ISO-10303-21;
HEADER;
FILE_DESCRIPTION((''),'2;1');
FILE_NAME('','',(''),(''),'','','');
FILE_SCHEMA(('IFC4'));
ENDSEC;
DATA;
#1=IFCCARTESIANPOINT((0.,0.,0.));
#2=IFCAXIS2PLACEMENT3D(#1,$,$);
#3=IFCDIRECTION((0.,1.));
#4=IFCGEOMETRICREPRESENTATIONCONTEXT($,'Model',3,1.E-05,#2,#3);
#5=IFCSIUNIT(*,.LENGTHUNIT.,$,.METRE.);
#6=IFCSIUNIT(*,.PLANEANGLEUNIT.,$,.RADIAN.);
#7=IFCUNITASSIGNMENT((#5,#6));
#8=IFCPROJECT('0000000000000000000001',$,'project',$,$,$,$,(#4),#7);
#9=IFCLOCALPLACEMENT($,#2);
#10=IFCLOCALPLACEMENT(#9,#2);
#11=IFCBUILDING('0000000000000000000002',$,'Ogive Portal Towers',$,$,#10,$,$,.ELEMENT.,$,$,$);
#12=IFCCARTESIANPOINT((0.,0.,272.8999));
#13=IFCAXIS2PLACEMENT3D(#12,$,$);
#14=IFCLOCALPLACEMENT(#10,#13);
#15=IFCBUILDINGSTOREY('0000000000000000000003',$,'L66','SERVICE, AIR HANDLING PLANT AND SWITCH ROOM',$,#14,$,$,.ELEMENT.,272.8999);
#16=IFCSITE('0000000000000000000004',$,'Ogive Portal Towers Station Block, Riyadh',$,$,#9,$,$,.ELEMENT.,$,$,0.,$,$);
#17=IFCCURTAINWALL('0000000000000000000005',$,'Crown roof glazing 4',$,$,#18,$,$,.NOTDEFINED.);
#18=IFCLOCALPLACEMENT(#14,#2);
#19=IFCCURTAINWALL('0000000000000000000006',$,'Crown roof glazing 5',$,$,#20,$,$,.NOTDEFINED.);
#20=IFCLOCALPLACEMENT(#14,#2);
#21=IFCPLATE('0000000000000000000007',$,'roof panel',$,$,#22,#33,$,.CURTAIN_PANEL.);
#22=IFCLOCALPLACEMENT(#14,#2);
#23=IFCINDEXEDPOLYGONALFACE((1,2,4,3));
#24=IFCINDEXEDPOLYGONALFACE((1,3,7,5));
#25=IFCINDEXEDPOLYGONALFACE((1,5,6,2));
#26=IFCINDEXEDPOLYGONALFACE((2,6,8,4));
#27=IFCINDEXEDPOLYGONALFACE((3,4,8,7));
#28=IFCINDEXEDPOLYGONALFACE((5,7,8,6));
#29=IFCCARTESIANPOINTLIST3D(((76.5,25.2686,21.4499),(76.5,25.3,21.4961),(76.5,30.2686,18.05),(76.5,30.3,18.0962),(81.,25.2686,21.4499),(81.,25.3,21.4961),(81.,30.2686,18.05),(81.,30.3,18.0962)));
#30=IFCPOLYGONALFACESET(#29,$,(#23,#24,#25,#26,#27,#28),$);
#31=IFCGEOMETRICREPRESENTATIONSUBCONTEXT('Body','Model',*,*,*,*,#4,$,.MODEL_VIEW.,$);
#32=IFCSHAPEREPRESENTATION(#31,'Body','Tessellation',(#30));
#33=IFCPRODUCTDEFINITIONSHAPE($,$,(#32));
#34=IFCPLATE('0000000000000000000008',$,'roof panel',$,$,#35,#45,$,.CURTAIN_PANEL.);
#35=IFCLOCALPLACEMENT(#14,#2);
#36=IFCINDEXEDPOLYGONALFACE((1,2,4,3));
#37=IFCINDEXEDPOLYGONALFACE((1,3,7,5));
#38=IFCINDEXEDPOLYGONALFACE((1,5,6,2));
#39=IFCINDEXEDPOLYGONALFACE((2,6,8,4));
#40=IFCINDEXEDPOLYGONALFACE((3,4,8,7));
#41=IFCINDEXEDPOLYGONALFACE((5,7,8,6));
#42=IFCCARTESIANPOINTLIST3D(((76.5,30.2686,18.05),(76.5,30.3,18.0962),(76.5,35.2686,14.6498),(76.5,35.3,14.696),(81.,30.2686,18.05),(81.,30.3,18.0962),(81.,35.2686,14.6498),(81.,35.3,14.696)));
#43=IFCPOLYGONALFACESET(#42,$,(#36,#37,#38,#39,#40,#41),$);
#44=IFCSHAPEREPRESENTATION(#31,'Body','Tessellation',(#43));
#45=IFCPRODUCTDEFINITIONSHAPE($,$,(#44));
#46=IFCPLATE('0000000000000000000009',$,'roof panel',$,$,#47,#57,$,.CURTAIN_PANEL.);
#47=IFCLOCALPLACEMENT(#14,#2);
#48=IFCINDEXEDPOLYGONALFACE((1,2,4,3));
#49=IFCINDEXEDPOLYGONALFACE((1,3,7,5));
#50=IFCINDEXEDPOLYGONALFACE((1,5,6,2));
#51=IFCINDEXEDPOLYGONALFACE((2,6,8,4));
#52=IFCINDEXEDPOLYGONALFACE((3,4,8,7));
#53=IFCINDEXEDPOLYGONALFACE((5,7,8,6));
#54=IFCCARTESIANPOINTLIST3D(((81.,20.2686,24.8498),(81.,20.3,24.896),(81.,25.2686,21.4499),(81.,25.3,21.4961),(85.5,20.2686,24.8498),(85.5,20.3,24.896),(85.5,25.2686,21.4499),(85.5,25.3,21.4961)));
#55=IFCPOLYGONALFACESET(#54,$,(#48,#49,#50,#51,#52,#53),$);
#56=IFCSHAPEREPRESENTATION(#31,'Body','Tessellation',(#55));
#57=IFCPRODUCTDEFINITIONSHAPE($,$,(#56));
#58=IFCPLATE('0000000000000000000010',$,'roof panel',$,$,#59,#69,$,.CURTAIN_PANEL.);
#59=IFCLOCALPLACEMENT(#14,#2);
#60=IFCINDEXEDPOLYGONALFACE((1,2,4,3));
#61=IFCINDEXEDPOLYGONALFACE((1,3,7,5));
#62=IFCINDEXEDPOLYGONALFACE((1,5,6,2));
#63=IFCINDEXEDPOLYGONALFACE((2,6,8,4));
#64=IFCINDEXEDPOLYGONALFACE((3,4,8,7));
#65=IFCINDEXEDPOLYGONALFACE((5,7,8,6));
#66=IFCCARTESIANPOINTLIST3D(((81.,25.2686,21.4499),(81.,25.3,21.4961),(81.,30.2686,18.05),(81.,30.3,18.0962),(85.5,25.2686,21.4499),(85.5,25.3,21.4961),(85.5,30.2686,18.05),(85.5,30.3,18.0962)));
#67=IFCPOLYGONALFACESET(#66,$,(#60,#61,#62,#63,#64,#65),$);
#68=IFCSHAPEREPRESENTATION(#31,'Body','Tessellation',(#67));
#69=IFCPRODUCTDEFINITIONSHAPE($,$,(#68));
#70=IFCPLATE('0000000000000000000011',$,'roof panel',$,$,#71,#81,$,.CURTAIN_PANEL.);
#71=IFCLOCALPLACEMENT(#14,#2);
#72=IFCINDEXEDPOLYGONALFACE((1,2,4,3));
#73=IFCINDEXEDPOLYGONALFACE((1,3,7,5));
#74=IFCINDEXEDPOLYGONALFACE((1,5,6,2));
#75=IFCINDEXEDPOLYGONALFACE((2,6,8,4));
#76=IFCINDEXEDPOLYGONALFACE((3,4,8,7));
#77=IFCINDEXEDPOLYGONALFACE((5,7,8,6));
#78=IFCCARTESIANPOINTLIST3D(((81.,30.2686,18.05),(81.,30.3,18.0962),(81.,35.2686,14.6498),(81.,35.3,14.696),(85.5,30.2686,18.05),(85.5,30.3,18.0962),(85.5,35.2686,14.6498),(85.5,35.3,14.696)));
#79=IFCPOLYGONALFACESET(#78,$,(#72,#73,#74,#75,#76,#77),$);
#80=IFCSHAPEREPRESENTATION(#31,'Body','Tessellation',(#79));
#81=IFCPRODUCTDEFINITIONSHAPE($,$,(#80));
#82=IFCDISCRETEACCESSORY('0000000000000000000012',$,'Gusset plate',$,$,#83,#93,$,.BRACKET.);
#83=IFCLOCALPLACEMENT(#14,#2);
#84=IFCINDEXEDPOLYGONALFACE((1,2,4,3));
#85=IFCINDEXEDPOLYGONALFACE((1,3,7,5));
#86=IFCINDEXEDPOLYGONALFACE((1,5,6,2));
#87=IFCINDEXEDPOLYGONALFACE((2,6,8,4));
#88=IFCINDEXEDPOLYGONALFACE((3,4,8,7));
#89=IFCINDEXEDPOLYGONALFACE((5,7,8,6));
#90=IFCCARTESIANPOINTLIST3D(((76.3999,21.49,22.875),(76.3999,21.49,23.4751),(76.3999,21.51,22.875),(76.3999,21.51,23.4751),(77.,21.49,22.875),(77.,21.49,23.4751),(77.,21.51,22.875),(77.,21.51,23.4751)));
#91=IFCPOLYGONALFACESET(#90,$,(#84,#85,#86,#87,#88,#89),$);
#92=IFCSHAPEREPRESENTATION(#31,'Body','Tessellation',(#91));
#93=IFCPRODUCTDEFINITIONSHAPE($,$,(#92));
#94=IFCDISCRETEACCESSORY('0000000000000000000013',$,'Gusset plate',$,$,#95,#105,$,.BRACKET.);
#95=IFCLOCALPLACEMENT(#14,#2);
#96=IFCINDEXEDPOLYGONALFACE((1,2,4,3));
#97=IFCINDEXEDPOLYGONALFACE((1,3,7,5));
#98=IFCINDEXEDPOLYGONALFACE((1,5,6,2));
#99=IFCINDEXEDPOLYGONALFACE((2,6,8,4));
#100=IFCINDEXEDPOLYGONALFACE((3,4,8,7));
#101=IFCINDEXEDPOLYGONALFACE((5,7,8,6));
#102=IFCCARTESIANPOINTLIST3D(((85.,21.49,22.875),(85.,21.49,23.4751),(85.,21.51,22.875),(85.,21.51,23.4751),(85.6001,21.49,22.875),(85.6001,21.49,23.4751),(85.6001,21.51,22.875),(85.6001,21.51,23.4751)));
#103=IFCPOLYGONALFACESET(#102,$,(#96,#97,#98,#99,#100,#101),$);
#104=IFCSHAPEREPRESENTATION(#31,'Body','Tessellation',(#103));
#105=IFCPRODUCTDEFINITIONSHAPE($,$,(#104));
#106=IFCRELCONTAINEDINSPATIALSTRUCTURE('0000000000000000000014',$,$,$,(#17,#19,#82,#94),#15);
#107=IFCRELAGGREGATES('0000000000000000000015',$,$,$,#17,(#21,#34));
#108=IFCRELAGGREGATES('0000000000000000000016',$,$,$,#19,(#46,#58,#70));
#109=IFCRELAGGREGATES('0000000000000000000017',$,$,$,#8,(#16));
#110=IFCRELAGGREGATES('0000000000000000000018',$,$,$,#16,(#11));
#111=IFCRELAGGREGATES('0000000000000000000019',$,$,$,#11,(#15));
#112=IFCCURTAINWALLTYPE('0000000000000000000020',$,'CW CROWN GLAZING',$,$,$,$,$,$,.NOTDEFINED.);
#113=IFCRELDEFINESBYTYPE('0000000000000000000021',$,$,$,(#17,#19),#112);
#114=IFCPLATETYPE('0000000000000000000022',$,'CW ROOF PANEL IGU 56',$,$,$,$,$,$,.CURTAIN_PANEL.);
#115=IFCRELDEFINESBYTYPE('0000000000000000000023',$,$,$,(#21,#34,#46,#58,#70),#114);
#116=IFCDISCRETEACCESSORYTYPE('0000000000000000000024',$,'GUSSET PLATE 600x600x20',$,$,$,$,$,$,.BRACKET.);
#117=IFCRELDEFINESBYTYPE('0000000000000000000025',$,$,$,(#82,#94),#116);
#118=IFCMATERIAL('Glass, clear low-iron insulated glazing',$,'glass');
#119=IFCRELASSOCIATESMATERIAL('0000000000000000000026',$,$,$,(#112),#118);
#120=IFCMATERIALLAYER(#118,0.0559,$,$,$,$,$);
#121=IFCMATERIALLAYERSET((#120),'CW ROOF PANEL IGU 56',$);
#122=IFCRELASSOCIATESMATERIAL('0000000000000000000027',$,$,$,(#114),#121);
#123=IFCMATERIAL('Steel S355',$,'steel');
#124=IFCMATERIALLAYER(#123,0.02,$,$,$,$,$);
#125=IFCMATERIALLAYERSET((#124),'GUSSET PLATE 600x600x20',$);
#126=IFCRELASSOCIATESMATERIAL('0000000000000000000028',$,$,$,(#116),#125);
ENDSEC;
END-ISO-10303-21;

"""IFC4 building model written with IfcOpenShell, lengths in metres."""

from ifc_helpers import new_model, si_unit, direction, frame, origin, origin_2d, place, context, subcontext, project, spatial, polyline, rectangle, outline, extrude, material, layer, layer_set, type_object, element, aggregate, save


model = new_model("IFC4")

# Units and contexts
model_context = context("Model", 3, precision=1e-05, world=origin(), true_north=direction((0.0, 1.0)))
body_context = subcontext(model_context, "Body", "Model", "MODEL_VIEW")
ifc_project = project(units=[si_unit("LENGTHUNIT", "METRE"), si_unit("PLANEANGLEUNIT", "RADIAN")], contexts=[model_context])

# Site, building, storey
site_placement = place(None, origin())
site = spatial("IfcSite", under=ifc_project, at=site_placement, Name="Ogive Portal Towers Station Block, Riyadh", CompositionType="ELEMENT", RefElevation=0.0)
building_placement = place(site_placement, origin())
building = spatial("IfcBuilding", under=site, at=building_placement, Name="Ogive Portal Towers", CompositionType="ELEMENT")
storey_placement = place(building_placement, frame((0.0, 0.0, 272.8999)))
storey = spatial("IfcBuildingStorey", under=building, at=storey_placement, Name="L66", Description="SERVICE, AIR HANDLING PLANT AND SWITCH ROOM", CompositionType="ELEMENT", Elevation=272.8999)

# Shared definitions
ifc_material_1 = material(Name="Steel S355", Category="steel")

# Curtain walls
ifc_material_2 = material(Name="Glass, clear low-iron insulated glazing", Category="glass")
curtain_wall_type = type_object("IfcCurtainWallType", Name="CW CROWN GLAZING", PredefinedType="NOTDEFINED", material=ifc_material_2)
curtain_wall_1_placement = place(storey_placement, origin())
curtain_wall_1 = element("IfcCurtainWall", 1, at=curtain_wall_1_placement, inside=storey, type_object=curtain_wall_type, Name="Crown roof glazing 4", PredefinedType="NOTDEFINED")
curtain_wall_2_placement = place(storey_placement, origin())
curtain_wall_2 = element("IfcCurtainWall", 2, at=curtain_wall_2_placement, inside=storey, type_object=curtain_wall_type, Name="Crown roof glazing 5", PredefinedType="NOTDEFINED")

# Plates
ifc_layer_1 = layer(ifc_material_2, 0.0559)
ifc_layer_set_1 = layer_set([ifc_layer_1], Name="CW ROOF PANEL IGU 56")
plate_type = type_object("IfcPlateType", Name="CW ROOF PANEL IGU 56", PredefinedType="CURTAIN_PANEL", material=ifc_layer_set_1)
plate_1_placement = place(storey_placement, frame((81.0, 25.3, 21.4961), z_axis=(0.0, 0.562299, 0.826934), x_axis=(0.0, 0.826934, -0.562299)))
plate_1 = element("IfcPlate", 3, at=plate_1_placement, type_object=plate_type, Name="roof panel", PredefinedType="CURTAIN_PANEL", context=body_context, shape_type="SweptSolid", body=[
    extrude(outline(polyline([(0.0, 0.0), (6.0464, 0.0), (6.0464, 4.5), (0.0, 4.5), (0.0, 0.0)])), origin(), (0.0, 0.0, -1.0), 0.0559),
])
plate_2_placement = place(storey_placement, frame((81.0, 30.3, 18.0962), z_axis=(0.0, 0.562327, 0.826915), x_axis=(0.0, 0.826915, -0.562327)))
plate_2 = element("IfcPlate", 4, at=plate_2_placement, type_object=plate_type, Name="roof panel", PredefinedType="CURTAIN_PANEL", context=body_context, shape_type="SweptSolid", body=[
    extrude(outline(polyline([(0.0, 0.0), (6.0466, 0.0), (6.0466, 4.5), (0.0, 4.5), (0.0, 0.0)])), origin(), (0.0, 0.0, -1.0), 0.0559),
])
aggregate(curtain_wall_1, [plate_1, plate_2])
plate_3_placement = place(storey_placement, frame((85.5, 20.3, 24.896), z_axis=(0.0, 0.562299, 0.826934), x_axis=(0.0, 0.826934, -0.562299)))
plate_3 = element("IfcPlate", 5, at=plate_3_placement, type_object=plate_type, Name="roof panel", PredefinedType="CURTAIN_PANEL", context=body_context, shape_type="SweptSolid", body=[
    extrude(outline(polyline([(0.0, 0.0), (6.0464, 0.0), (6.0464, 4.5), (0.0, 4.5), (0.0, 0.0)])), origin(), (0.0, 0.0, -1.0), 0.0559),
])
plate_4_placement = place(storey_placement, frame((85.5, 25.3, 21.4961), z_axis=(0.0, 0.562299, 0.826934), x_axis=(0.0, 0.826934, -0.562299)))
plate_4 = element("IfcPlate", 6, at=plate_4_placement, type_object=plate_type, Name="roof panel", PredefinedType="CURTAIN_PANEL", context=body_context, shape_type="SweptSolid", body=[
    extrude(outline(polyline([(0.0, 0.0), (6.0464, 0.0), (6.0464, 4.5), (0.0, 4.5), (0.0, 0.0)])), origin(), (0.0, 0.0, -1.0), 0.0559),
])
plate_5_placement = place(storey_placement, frame((85.5, 30.3, 18.0962), z_axis=(0.0, 0.562327, 0.826915), x_axis=(0.0, 0.826915, -0.562327)))
plate_5 = element("IfcPlate", 7, at=plate_5_placement, type_object=plate_type, Name="roof panel", PredefinedType="CURTAIN_PANEL", context=body_context, shape_type="SweptSolid", body=[
    extrude(outline(polyline([(0.0, 0.0), (6.0466, 0.0), (6.0466, 4.5), (0.0, 4.5), (0.0, 0.0)])), origin(), (0.0, 0.0, -1.0), 0.0559),
])
aggregate(curtain_wall_2, [plate_3, plate_4, plate_5])

# Discrete accessories
ifc_layer_2 = layer(ifc_material_1, 0.02)
ifc_layer_set_2 = layer_set([ifc_layer_2], Name="GUSSET PLATE 600x600x20")
discrete_accessory_type = type_object("IfcDiscreteAccessoryType", Name="GUSSET PLATE 600x600x20", PredefinedType="BRACKET", material=ifc_layer_set_2)
for number, where, z_axis, x_axis, name in (
    (8, (76.7, 21.5, 22.875), (0.0, 0.0, 1.0), (1.0, 0.0, 0.0), "Gusset plate"),
    (9, (85.3, 21.5, 22.875), (0.0, 0.0, 1.0), (1.0, 0.0, 0.0), "Gusset plate"),
):
    element("IfcDiscreteAccessory", number, at=place(storey_placement, frame(where, z_axis=z_axis, x_axis=x_axis)), inside=storey, type_object=discrete_accessory_type, Name=name, PredefinedType="BRACKET", context=body_context, shape_type="SweptSolid", body=[
        extrude(rectangle(XDim=0.6001, YDim=0.02, at=origin_2d()), origin(), (0.0, 0.0, 1.0), 0.6001),
    ])

save(model, "model.ifc")
